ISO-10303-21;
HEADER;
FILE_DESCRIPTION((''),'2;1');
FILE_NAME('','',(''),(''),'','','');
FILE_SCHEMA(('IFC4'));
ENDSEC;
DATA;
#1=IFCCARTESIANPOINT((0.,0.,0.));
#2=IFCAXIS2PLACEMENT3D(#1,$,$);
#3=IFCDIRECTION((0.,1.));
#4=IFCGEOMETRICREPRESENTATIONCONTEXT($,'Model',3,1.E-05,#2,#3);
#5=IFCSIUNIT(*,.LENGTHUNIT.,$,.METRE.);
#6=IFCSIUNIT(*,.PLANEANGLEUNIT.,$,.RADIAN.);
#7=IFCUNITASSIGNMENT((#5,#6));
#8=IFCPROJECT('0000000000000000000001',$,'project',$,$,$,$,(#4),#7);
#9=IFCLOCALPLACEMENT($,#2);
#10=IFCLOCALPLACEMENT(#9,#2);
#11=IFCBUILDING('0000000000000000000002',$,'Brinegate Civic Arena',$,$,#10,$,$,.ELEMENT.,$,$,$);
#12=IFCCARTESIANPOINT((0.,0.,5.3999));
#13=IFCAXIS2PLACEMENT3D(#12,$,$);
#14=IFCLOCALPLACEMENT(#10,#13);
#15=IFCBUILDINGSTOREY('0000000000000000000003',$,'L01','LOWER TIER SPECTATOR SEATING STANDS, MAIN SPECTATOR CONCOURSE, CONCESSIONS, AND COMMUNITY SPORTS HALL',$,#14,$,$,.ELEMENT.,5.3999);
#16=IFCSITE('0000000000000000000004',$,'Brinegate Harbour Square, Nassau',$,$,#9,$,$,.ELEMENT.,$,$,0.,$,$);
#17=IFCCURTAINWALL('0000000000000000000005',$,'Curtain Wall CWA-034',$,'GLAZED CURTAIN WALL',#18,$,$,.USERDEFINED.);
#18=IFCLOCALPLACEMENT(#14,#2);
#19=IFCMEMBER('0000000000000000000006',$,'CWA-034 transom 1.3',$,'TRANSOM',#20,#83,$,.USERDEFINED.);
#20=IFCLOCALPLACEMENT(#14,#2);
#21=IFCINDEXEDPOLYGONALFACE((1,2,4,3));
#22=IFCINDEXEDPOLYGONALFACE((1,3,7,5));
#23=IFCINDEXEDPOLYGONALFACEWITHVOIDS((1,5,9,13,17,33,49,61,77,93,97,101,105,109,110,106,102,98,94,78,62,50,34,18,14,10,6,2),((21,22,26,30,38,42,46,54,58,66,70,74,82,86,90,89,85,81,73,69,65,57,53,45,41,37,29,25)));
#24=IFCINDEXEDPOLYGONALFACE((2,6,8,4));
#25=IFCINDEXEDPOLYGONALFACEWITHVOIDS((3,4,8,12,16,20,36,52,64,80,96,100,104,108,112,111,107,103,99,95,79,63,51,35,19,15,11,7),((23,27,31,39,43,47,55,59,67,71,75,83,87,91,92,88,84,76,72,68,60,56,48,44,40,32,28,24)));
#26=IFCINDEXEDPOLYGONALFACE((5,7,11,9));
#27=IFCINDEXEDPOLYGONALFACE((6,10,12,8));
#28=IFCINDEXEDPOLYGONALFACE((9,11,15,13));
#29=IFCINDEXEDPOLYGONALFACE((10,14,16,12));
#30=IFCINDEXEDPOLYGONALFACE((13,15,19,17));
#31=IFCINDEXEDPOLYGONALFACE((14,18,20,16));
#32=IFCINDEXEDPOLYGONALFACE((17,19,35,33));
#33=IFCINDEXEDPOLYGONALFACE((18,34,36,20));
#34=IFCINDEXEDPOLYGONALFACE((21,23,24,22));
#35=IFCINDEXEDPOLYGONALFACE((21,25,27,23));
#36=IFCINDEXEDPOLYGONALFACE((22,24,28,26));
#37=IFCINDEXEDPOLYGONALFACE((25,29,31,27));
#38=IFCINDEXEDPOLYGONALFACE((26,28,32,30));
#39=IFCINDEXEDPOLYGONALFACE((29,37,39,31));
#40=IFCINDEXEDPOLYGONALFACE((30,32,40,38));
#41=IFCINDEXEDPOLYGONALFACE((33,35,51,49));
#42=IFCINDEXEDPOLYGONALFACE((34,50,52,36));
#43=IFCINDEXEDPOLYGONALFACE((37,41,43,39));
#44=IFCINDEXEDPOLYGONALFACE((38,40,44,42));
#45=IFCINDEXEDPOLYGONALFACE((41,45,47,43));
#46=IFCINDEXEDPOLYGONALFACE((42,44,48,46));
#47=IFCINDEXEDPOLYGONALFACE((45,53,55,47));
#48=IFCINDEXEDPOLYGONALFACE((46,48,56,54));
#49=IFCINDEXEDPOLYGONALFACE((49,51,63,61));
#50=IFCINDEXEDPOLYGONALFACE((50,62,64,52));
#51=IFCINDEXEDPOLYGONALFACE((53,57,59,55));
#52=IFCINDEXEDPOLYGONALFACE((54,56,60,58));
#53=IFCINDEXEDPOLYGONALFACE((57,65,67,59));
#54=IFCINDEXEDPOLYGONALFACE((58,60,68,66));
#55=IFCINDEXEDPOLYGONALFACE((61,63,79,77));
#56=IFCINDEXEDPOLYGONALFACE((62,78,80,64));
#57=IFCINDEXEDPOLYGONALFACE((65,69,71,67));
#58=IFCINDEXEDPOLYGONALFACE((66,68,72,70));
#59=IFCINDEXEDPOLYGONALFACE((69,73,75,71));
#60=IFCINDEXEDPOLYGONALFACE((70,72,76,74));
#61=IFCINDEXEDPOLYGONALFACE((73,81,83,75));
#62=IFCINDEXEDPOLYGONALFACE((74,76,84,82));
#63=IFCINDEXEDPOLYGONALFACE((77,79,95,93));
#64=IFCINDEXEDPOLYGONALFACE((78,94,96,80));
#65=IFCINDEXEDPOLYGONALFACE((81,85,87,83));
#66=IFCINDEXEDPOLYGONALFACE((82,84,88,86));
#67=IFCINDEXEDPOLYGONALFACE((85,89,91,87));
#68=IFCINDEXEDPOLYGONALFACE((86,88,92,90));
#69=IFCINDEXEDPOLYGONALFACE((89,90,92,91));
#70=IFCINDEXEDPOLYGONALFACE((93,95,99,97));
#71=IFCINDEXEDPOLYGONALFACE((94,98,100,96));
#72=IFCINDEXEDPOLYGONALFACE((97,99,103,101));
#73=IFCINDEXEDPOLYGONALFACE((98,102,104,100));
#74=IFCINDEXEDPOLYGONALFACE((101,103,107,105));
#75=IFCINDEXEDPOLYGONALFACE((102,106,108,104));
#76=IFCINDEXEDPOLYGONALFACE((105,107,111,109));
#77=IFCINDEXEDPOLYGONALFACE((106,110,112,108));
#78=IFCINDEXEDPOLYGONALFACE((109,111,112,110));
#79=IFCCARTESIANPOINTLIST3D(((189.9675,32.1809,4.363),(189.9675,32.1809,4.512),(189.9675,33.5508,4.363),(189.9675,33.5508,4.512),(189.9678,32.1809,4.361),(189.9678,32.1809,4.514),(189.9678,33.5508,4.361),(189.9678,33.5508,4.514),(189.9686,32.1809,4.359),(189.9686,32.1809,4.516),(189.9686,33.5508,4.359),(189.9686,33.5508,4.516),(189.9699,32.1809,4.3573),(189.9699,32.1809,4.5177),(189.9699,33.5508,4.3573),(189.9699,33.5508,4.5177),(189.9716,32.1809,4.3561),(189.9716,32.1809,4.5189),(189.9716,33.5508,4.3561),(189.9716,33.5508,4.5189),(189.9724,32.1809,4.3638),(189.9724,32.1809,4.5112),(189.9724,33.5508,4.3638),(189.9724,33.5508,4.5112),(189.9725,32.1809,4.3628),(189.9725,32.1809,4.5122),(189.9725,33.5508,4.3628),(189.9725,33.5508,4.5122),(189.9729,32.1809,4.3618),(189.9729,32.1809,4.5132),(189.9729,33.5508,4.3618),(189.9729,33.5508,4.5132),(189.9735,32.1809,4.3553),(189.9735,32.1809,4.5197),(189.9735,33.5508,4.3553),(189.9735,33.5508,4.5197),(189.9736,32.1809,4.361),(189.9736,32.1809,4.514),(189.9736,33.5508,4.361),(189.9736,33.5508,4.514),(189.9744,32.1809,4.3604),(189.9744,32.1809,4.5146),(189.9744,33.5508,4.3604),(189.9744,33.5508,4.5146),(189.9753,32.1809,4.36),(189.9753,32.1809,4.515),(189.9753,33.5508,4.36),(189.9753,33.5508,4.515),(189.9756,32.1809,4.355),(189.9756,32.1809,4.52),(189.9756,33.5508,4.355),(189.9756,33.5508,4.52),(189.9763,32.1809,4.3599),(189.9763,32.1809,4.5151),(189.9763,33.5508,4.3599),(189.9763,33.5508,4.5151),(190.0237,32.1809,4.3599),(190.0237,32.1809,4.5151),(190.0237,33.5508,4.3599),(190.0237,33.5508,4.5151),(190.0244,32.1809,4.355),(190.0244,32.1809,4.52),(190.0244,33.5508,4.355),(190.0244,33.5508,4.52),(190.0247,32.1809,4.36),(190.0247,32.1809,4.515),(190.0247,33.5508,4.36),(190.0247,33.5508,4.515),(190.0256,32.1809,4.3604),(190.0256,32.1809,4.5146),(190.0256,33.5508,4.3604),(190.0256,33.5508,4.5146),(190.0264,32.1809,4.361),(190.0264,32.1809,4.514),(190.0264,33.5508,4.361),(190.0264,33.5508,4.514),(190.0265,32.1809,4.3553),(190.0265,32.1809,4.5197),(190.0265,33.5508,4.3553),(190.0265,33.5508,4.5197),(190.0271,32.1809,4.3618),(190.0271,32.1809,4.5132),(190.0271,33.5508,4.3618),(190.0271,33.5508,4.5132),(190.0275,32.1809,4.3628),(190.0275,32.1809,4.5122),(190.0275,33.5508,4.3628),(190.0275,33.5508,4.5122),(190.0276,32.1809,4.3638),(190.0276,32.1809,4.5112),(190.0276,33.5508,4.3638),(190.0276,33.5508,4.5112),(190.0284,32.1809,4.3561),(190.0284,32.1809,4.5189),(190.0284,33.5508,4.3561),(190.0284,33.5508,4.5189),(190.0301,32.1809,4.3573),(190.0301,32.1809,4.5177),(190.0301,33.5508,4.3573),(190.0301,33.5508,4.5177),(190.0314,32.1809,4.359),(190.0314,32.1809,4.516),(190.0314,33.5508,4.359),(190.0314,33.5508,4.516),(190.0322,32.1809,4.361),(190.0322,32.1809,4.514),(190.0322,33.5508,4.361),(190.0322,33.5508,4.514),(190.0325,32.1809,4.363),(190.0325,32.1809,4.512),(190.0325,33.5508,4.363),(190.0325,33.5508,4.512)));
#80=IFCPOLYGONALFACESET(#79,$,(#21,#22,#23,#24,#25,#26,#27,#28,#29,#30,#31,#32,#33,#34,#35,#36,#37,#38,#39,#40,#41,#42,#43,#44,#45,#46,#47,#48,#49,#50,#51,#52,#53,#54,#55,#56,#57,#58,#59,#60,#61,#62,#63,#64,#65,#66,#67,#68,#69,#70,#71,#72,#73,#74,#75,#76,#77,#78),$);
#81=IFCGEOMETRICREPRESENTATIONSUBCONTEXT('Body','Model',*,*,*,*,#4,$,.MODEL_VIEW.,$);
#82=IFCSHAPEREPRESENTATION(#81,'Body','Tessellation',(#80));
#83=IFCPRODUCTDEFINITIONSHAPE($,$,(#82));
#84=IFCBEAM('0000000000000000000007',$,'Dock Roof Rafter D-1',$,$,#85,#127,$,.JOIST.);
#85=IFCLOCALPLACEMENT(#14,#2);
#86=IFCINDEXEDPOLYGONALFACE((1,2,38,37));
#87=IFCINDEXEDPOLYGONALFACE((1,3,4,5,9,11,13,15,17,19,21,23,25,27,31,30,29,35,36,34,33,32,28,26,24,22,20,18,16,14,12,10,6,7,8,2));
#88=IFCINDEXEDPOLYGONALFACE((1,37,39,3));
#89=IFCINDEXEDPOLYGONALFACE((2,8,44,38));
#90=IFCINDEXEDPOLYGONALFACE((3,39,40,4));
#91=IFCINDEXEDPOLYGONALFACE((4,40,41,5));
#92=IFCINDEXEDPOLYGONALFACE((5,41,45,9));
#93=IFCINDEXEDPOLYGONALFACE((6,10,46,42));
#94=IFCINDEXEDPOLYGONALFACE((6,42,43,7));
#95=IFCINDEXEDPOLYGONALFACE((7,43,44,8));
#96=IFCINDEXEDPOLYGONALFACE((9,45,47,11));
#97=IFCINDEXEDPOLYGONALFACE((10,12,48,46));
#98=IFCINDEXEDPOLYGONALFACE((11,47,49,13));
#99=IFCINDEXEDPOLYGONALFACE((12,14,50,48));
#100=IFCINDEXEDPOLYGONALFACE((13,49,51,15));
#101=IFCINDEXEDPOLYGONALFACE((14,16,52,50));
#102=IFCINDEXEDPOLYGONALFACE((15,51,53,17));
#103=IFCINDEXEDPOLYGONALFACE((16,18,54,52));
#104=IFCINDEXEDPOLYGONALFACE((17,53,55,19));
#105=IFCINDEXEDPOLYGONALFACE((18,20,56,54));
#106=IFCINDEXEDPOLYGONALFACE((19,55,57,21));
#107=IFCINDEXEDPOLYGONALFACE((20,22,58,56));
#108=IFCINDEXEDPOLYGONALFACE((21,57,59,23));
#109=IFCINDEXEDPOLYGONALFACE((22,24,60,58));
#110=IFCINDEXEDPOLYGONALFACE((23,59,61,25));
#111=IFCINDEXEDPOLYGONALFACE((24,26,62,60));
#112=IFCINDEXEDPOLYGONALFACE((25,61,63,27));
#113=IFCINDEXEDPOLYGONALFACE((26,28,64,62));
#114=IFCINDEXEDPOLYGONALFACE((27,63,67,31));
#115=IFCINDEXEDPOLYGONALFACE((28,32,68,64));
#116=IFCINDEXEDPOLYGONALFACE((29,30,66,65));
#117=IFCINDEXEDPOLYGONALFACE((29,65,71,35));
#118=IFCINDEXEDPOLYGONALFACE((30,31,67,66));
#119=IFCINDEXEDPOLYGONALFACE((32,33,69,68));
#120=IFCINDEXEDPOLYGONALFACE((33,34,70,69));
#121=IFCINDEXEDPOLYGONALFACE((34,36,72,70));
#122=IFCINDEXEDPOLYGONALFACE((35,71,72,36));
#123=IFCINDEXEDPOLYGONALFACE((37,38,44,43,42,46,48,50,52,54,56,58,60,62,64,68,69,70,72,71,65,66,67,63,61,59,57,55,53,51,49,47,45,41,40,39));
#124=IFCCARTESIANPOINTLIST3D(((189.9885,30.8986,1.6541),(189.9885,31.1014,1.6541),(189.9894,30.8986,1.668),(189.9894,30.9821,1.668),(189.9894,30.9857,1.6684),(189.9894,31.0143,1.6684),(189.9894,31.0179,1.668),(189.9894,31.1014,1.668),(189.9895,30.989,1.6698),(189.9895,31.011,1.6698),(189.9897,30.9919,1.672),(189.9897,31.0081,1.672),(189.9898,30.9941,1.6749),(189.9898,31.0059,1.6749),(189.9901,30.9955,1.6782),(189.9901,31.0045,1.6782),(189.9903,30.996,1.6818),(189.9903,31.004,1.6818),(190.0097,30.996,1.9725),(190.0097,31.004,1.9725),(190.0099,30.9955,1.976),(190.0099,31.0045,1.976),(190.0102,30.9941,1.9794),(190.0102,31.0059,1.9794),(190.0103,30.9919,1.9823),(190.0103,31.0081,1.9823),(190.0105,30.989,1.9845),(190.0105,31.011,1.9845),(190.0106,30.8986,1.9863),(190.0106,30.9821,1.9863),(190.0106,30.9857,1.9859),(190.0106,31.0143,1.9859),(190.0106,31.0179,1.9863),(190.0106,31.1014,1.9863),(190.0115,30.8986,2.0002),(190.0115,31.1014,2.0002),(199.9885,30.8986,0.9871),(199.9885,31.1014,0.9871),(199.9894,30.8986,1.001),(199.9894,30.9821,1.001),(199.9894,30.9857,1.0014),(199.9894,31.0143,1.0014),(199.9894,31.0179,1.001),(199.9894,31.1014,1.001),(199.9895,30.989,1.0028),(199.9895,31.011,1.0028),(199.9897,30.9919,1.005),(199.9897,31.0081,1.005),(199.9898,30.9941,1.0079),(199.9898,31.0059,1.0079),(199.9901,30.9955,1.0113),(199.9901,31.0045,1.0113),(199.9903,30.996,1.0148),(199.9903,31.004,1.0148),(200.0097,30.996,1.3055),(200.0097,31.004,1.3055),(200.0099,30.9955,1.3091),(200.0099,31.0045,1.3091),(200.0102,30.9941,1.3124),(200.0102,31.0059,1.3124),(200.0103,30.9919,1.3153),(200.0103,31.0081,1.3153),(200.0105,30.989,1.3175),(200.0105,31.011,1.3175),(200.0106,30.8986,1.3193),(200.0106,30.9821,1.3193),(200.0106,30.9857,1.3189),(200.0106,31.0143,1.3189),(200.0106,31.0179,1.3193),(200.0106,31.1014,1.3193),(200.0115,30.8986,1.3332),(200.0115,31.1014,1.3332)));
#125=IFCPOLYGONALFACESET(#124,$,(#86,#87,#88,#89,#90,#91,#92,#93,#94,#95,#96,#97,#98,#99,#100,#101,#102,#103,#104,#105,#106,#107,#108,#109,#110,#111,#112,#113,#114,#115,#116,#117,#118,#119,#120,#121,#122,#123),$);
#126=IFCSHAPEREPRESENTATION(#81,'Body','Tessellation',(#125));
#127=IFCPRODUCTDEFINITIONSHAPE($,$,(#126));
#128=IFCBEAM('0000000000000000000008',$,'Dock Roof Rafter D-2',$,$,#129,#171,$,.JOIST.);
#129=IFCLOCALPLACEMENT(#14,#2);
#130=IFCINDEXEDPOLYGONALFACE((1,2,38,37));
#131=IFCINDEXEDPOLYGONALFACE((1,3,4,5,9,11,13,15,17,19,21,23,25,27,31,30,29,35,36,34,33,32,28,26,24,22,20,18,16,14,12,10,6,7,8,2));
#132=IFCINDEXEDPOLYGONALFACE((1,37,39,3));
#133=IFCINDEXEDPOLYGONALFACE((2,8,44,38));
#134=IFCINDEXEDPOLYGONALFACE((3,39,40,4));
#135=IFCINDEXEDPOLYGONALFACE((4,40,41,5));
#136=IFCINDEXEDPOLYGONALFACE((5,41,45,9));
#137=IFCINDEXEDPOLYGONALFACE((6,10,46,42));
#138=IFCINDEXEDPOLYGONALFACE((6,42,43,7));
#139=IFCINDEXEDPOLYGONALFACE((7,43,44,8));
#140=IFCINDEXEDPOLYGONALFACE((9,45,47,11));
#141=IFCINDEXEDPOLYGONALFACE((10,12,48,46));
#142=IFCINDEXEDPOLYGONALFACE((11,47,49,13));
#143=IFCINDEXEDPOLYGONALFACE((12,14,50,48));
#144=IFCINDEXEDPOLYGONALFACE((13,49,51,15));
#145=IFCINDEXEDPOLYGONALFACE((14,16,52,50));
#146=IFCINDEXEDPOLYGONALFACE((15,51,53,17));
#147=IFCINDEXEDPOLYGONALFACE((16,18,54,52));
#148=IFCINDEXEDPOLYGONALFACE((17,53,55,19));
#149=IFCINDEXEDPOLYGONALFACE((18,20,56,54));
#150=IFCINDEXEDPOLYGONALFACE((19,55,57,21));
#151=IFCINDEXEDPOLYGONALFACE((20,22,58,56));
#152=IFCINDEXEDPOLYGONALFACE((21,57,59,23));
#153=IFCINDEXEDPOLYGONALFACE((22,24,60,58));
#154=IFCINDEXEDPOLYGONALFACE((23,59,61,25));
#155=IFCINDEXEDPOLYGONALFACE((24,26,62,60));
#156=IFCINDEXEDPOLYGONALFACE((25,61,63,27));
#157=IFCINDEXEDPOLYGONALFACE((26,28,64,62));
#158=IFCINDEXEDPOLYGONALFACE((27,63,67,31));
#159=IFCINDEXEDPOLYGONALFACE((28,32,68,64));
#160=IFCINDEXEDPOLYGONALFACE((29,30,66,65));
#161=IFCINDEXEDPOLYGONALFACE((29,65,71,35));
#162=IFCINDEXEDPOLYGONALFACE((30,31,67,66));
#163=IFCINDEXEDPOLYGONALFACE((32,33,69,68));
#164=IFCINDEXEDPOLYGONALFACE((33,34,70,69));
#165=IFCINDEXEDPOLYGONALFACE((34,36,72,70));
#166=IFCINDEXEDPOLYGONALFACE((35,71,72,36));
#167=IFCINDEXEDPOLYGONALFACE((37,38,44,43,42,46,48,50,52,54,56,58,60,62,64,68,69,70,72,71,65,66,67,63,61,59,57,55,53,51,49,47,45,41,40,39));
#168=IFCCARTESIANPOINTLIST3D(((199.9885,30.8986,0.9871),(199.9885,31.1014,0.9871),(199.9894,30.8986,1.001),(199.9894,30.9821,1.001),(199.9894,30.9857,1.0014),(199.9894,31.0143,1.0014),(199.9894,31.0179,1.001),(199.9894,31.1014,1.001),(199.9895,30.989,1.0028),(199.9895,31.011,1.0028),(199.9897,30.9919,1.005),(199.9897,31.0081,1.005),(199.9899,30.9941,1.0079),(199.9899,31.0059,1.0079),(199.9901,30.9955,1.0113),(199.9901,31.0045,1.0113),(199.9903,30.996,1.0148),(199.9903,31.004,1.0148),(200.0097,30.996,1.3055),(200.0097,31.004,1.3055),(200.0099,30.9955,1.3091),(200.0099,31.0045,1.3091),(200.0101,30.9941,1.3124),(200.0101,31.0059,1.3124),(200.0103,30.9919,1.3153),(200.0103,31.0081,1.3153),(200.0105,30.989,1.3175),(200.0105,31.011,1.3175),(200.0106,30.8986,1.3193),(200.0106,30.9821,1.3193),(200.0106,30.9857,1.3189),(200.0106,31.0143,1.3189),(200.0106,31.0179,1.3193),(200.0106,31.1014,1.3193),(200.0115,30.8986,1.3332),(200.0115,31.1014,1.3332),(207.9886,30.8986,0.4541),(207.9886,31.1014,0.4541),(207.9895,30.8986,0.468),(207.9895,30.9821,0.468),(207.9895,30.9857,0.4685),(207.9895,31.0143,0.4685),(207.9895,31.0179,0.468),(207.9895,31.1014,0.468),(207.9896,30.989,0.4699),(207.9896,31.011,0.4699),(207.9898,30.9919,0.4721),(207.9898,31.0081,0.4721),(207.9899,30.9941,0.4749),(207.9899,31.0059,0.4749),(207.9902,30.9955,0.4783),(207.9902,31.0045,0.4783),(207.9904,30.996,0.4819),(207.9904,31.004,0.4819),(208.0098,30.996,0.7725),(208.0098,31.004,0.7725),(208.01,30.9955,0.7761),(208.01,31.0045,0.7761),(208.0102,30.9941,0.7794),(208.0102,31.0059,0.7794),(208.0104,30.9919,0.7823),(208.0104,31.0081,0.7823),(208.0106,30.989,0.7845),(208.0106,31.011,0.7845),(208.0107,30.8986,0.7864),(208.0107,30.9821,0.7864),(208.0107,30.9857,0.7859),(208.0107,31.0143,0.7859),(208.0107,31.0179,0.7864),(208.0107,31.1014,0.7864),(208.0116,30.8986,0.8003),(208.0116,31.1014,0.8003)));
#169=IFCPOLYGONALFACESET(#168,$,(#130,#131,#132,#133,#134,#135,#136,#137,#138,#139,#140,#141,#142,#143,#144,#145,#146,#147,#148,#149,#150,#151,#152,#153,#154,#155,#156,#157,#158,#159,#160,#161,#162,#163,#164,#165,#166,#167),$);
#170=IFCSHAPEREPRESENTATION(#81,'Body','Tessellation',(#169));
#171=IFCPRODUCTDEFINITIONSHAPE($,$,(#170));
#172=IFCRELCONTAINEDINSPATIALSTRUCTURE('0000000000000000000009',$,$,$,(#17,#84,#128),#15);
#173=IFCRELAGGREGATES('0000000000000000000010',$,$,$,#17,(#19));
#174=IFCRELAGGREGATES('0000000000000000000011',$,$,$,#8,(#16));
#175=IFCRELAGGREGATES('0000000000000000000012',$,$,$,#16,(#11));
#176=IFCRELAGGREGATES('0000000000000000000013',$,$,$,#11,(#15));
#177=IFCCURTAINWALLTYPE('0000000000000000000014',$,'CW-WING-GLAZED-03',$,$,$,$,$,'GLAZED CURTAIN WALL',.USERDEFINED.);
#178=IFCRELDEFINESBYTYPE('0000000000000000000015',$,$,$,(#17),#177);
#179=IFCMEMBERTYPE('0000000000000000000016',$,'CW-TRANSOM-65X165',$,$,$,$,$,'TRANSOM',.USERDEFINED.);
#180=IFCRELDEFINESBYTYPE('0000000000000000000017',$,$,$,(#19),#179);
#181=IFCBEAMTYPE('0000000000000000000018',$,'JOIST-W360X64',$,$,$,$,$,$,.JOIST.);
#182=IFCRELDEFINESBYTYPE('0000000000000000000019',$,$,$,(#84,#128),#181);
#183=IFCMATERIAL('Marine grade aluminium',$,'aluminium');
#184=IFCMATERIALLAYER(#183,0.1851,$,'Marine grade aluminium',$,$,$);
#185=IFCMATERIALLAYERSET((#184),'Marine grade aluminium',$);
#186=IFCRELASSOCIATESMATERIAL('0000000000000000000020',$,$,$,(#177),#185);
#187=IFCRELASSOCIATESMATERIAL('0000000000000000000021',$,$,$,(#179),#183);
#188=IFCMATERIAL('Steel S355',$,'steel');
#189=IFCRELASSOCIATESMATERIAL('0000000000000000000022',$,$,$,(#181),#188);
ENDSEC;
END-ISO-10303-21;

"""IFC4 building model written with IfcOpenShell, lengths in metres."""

from ifc_helpers import new_model, si_unit, direction, frame, origin, origin_2d, place, context, subcontext, project, spatial, hollow_rectangle, i_section, extrude, material, layer, layer_set, material_profile, profile_set, type_object, element, aggregate, save


model = new_model("IFC4")

# Units and contexts
model_context = context("Model", 3, precision=1e-05, world=origin(), true_north=direction((0.0, 1.0)))
body_context = subcontext(model_context, "Body", "Model", "MODEL_VIEW")
ifc_project = project(units=[si_unit("LENGTHUNIT", "METRE"), si_unit("PLANEANGLEUNIT", "RADIAN")], contexts=[model_context])

# Site, building, storey
site_placement = place(None, origin())
site = spatial("IfcSite", under=ifc_project, at=site_placement, Name="Brinegate Harbour Square, Nassau", CompositionType="ELEMENT", RefElevation=0.0)
building_placement = place(site_placement, origin())
building = spatial("IfcBuilding", under=site, at=building_placement, Name="Brinegate Civic Arena", CompositionType="ELEMENT")
storey_placement = place(building_placement, frame((0.0, 0.0, 5.3999)))
storey = spatial("IfcBuildingStorey", under=building, at=storey_placement, Name="L01", Description="LOWER TIER SPECTATOR SEATING STANDS, MAIN SPECTATOR CONCOURSE, CONCESSIONS, AND COMMUNITY SPORTS HALL", CompositionType="ELEMENT", Elevation=5.3999)

# Shared definitions
ifc_material_1 = material(Name="Steel S355", Category="steel")

# Curtain wall
ifc_material_2 = material(Name="Marine grade aluminium", Category="aluminium")
ifc_layer_1 = layer(ifc_material_2, 0.1851, Name="Marine grade aluminium")
ifc_layer_set_1 = layer_set([ifc_layer_1], Name="Marine grade aluminium")
curtain_wall_type = type_object("IfcCurtainWallType", Name="CW-WING-GLAZED-03", ElementType="GLAZED CURTAIN WALL", PredefinedType="USERDEFINED", material=ifc_layer_set_1)
curtain_wall_1_placement = place(storey_placement, origin())
curtain_wall_1 = element("IfcCurtainWall", 1, at=curtain_wall_1_placement, inside=storey, type_object=curtain_wall_type, Name="Curtain Wall CWA-034", ObjectType="GLAZED CURTAIN WALL", PredefinedType="USERDEFINED")

# Member
ifc_material_profile_1 = material_profile(ifc_material_2, hollow_rectangle(XDim=0.0649, YDim=0.165, WallThickness=0.0049, InnerFilletRadius=0.0039, OuterFilletRadius=0.0081, at=origin_2d()), Name="TRN65X165")
ifc_profile_set_1 = profile_set([ifc_material_profile_1], Name="Marine grade aluminium")
member_type_1 = type_object("IfcMemberType", Name="CW-TRANSOM-65X165", ElementType="TRANSOM", PredefinedType="USERDEFINED", material=ifc_profile_set_1)
member_1_placement = place(storey_placement, frame((190.0, 32.1809, 4.4375), z_axis=(0.0, 1.0, 0.0), x_axis=(-1.0, 0.0, 0.0)))
member_1 = element("IfcMember", 2, at=member_1_placement, type_object=member_type_1, Name="CWA-034 transom 1.3", ObjectType="TRANSOM", PredefinedType="USERDEFINED", context=body_context, shape_type="SweptSolid", body=[
    extrude(hollow_rectangle(XDim=0.0649, YDim=0.165, WallThickness=0.0049, InnerFilletRadius=0.0039, OuterFilletRadius=0.0081, at=origin_2d()), origin(), (0.0, 0.0, 1.0), 1.3699),
])

# Beams
ifc_material_profile_2 = material_profile(ifc_material_1, i_section(OverallWidth=0.2029, OverallDepth=0.3469, WebThickness=0.0081, FlangeThickness=0.0139, FilletRadius=0.0139, at=origin_2d()), Name="W360X64")
ifc_profile_set_2 = profile_set([ifc_material_profile_2], Name="Steel S355")
beam_type_1 = type_object("IfcBeamType", Name="JOIST-W360X64", PredefinedType="JOIST", material=ifc_profile_set_2)
beam_1_placement = place(storey_placement, frame((190.0, 31.0, 1.8271), z_axis=(0.997783, 0.0, -0.066551), x_axis=(0.0, 1.0, 0.0)))
element("IfcBeam", 3, at=beam_1_placement, inside=storey, type_object=beam_type_1, Name="Dock Roof Rafter D-1", PredefinedType="JOIST", context=body_context, shape_type="SweptSolid", body=[
    extrude(i_section(OverallWidth=0.2029, OverallDepth=0.3469, WebThickness=0.0081, FlangeThickness=0.0139, FilletRadius=0.0139, at=origin_2d()), origin(), (0.0, 0.0, 1.0), 10.0222),
])
beam_2_placement = place(storey_placement, frame((200.0, 31.0, 1.1602), z_axis=(0.997788, 0.0, -0.066473), x_axis=(0.0, 1.0, 0.0)))
element("IfcBeam", 4, at=beam_2_placement, inside=storey, type_object=beam_type_1, Name="Dock Roof Rafter D-2", PredefinedType="JOIST", context=body_context, shape_type="SweptSolid", body=[
    extrude(i_section(OverallWidth=0.2029, OverallDepth=0.3469, WebThickness=0.0081, FlangeThickness=0.0139, FilletRadius=0.0139, at=origin_2d()), origin(), (0.0, 0.0, 1.0), 8.0178),
])

aggregate(curtain_wall_1, [member_1])

save(model, "model.ifc")
